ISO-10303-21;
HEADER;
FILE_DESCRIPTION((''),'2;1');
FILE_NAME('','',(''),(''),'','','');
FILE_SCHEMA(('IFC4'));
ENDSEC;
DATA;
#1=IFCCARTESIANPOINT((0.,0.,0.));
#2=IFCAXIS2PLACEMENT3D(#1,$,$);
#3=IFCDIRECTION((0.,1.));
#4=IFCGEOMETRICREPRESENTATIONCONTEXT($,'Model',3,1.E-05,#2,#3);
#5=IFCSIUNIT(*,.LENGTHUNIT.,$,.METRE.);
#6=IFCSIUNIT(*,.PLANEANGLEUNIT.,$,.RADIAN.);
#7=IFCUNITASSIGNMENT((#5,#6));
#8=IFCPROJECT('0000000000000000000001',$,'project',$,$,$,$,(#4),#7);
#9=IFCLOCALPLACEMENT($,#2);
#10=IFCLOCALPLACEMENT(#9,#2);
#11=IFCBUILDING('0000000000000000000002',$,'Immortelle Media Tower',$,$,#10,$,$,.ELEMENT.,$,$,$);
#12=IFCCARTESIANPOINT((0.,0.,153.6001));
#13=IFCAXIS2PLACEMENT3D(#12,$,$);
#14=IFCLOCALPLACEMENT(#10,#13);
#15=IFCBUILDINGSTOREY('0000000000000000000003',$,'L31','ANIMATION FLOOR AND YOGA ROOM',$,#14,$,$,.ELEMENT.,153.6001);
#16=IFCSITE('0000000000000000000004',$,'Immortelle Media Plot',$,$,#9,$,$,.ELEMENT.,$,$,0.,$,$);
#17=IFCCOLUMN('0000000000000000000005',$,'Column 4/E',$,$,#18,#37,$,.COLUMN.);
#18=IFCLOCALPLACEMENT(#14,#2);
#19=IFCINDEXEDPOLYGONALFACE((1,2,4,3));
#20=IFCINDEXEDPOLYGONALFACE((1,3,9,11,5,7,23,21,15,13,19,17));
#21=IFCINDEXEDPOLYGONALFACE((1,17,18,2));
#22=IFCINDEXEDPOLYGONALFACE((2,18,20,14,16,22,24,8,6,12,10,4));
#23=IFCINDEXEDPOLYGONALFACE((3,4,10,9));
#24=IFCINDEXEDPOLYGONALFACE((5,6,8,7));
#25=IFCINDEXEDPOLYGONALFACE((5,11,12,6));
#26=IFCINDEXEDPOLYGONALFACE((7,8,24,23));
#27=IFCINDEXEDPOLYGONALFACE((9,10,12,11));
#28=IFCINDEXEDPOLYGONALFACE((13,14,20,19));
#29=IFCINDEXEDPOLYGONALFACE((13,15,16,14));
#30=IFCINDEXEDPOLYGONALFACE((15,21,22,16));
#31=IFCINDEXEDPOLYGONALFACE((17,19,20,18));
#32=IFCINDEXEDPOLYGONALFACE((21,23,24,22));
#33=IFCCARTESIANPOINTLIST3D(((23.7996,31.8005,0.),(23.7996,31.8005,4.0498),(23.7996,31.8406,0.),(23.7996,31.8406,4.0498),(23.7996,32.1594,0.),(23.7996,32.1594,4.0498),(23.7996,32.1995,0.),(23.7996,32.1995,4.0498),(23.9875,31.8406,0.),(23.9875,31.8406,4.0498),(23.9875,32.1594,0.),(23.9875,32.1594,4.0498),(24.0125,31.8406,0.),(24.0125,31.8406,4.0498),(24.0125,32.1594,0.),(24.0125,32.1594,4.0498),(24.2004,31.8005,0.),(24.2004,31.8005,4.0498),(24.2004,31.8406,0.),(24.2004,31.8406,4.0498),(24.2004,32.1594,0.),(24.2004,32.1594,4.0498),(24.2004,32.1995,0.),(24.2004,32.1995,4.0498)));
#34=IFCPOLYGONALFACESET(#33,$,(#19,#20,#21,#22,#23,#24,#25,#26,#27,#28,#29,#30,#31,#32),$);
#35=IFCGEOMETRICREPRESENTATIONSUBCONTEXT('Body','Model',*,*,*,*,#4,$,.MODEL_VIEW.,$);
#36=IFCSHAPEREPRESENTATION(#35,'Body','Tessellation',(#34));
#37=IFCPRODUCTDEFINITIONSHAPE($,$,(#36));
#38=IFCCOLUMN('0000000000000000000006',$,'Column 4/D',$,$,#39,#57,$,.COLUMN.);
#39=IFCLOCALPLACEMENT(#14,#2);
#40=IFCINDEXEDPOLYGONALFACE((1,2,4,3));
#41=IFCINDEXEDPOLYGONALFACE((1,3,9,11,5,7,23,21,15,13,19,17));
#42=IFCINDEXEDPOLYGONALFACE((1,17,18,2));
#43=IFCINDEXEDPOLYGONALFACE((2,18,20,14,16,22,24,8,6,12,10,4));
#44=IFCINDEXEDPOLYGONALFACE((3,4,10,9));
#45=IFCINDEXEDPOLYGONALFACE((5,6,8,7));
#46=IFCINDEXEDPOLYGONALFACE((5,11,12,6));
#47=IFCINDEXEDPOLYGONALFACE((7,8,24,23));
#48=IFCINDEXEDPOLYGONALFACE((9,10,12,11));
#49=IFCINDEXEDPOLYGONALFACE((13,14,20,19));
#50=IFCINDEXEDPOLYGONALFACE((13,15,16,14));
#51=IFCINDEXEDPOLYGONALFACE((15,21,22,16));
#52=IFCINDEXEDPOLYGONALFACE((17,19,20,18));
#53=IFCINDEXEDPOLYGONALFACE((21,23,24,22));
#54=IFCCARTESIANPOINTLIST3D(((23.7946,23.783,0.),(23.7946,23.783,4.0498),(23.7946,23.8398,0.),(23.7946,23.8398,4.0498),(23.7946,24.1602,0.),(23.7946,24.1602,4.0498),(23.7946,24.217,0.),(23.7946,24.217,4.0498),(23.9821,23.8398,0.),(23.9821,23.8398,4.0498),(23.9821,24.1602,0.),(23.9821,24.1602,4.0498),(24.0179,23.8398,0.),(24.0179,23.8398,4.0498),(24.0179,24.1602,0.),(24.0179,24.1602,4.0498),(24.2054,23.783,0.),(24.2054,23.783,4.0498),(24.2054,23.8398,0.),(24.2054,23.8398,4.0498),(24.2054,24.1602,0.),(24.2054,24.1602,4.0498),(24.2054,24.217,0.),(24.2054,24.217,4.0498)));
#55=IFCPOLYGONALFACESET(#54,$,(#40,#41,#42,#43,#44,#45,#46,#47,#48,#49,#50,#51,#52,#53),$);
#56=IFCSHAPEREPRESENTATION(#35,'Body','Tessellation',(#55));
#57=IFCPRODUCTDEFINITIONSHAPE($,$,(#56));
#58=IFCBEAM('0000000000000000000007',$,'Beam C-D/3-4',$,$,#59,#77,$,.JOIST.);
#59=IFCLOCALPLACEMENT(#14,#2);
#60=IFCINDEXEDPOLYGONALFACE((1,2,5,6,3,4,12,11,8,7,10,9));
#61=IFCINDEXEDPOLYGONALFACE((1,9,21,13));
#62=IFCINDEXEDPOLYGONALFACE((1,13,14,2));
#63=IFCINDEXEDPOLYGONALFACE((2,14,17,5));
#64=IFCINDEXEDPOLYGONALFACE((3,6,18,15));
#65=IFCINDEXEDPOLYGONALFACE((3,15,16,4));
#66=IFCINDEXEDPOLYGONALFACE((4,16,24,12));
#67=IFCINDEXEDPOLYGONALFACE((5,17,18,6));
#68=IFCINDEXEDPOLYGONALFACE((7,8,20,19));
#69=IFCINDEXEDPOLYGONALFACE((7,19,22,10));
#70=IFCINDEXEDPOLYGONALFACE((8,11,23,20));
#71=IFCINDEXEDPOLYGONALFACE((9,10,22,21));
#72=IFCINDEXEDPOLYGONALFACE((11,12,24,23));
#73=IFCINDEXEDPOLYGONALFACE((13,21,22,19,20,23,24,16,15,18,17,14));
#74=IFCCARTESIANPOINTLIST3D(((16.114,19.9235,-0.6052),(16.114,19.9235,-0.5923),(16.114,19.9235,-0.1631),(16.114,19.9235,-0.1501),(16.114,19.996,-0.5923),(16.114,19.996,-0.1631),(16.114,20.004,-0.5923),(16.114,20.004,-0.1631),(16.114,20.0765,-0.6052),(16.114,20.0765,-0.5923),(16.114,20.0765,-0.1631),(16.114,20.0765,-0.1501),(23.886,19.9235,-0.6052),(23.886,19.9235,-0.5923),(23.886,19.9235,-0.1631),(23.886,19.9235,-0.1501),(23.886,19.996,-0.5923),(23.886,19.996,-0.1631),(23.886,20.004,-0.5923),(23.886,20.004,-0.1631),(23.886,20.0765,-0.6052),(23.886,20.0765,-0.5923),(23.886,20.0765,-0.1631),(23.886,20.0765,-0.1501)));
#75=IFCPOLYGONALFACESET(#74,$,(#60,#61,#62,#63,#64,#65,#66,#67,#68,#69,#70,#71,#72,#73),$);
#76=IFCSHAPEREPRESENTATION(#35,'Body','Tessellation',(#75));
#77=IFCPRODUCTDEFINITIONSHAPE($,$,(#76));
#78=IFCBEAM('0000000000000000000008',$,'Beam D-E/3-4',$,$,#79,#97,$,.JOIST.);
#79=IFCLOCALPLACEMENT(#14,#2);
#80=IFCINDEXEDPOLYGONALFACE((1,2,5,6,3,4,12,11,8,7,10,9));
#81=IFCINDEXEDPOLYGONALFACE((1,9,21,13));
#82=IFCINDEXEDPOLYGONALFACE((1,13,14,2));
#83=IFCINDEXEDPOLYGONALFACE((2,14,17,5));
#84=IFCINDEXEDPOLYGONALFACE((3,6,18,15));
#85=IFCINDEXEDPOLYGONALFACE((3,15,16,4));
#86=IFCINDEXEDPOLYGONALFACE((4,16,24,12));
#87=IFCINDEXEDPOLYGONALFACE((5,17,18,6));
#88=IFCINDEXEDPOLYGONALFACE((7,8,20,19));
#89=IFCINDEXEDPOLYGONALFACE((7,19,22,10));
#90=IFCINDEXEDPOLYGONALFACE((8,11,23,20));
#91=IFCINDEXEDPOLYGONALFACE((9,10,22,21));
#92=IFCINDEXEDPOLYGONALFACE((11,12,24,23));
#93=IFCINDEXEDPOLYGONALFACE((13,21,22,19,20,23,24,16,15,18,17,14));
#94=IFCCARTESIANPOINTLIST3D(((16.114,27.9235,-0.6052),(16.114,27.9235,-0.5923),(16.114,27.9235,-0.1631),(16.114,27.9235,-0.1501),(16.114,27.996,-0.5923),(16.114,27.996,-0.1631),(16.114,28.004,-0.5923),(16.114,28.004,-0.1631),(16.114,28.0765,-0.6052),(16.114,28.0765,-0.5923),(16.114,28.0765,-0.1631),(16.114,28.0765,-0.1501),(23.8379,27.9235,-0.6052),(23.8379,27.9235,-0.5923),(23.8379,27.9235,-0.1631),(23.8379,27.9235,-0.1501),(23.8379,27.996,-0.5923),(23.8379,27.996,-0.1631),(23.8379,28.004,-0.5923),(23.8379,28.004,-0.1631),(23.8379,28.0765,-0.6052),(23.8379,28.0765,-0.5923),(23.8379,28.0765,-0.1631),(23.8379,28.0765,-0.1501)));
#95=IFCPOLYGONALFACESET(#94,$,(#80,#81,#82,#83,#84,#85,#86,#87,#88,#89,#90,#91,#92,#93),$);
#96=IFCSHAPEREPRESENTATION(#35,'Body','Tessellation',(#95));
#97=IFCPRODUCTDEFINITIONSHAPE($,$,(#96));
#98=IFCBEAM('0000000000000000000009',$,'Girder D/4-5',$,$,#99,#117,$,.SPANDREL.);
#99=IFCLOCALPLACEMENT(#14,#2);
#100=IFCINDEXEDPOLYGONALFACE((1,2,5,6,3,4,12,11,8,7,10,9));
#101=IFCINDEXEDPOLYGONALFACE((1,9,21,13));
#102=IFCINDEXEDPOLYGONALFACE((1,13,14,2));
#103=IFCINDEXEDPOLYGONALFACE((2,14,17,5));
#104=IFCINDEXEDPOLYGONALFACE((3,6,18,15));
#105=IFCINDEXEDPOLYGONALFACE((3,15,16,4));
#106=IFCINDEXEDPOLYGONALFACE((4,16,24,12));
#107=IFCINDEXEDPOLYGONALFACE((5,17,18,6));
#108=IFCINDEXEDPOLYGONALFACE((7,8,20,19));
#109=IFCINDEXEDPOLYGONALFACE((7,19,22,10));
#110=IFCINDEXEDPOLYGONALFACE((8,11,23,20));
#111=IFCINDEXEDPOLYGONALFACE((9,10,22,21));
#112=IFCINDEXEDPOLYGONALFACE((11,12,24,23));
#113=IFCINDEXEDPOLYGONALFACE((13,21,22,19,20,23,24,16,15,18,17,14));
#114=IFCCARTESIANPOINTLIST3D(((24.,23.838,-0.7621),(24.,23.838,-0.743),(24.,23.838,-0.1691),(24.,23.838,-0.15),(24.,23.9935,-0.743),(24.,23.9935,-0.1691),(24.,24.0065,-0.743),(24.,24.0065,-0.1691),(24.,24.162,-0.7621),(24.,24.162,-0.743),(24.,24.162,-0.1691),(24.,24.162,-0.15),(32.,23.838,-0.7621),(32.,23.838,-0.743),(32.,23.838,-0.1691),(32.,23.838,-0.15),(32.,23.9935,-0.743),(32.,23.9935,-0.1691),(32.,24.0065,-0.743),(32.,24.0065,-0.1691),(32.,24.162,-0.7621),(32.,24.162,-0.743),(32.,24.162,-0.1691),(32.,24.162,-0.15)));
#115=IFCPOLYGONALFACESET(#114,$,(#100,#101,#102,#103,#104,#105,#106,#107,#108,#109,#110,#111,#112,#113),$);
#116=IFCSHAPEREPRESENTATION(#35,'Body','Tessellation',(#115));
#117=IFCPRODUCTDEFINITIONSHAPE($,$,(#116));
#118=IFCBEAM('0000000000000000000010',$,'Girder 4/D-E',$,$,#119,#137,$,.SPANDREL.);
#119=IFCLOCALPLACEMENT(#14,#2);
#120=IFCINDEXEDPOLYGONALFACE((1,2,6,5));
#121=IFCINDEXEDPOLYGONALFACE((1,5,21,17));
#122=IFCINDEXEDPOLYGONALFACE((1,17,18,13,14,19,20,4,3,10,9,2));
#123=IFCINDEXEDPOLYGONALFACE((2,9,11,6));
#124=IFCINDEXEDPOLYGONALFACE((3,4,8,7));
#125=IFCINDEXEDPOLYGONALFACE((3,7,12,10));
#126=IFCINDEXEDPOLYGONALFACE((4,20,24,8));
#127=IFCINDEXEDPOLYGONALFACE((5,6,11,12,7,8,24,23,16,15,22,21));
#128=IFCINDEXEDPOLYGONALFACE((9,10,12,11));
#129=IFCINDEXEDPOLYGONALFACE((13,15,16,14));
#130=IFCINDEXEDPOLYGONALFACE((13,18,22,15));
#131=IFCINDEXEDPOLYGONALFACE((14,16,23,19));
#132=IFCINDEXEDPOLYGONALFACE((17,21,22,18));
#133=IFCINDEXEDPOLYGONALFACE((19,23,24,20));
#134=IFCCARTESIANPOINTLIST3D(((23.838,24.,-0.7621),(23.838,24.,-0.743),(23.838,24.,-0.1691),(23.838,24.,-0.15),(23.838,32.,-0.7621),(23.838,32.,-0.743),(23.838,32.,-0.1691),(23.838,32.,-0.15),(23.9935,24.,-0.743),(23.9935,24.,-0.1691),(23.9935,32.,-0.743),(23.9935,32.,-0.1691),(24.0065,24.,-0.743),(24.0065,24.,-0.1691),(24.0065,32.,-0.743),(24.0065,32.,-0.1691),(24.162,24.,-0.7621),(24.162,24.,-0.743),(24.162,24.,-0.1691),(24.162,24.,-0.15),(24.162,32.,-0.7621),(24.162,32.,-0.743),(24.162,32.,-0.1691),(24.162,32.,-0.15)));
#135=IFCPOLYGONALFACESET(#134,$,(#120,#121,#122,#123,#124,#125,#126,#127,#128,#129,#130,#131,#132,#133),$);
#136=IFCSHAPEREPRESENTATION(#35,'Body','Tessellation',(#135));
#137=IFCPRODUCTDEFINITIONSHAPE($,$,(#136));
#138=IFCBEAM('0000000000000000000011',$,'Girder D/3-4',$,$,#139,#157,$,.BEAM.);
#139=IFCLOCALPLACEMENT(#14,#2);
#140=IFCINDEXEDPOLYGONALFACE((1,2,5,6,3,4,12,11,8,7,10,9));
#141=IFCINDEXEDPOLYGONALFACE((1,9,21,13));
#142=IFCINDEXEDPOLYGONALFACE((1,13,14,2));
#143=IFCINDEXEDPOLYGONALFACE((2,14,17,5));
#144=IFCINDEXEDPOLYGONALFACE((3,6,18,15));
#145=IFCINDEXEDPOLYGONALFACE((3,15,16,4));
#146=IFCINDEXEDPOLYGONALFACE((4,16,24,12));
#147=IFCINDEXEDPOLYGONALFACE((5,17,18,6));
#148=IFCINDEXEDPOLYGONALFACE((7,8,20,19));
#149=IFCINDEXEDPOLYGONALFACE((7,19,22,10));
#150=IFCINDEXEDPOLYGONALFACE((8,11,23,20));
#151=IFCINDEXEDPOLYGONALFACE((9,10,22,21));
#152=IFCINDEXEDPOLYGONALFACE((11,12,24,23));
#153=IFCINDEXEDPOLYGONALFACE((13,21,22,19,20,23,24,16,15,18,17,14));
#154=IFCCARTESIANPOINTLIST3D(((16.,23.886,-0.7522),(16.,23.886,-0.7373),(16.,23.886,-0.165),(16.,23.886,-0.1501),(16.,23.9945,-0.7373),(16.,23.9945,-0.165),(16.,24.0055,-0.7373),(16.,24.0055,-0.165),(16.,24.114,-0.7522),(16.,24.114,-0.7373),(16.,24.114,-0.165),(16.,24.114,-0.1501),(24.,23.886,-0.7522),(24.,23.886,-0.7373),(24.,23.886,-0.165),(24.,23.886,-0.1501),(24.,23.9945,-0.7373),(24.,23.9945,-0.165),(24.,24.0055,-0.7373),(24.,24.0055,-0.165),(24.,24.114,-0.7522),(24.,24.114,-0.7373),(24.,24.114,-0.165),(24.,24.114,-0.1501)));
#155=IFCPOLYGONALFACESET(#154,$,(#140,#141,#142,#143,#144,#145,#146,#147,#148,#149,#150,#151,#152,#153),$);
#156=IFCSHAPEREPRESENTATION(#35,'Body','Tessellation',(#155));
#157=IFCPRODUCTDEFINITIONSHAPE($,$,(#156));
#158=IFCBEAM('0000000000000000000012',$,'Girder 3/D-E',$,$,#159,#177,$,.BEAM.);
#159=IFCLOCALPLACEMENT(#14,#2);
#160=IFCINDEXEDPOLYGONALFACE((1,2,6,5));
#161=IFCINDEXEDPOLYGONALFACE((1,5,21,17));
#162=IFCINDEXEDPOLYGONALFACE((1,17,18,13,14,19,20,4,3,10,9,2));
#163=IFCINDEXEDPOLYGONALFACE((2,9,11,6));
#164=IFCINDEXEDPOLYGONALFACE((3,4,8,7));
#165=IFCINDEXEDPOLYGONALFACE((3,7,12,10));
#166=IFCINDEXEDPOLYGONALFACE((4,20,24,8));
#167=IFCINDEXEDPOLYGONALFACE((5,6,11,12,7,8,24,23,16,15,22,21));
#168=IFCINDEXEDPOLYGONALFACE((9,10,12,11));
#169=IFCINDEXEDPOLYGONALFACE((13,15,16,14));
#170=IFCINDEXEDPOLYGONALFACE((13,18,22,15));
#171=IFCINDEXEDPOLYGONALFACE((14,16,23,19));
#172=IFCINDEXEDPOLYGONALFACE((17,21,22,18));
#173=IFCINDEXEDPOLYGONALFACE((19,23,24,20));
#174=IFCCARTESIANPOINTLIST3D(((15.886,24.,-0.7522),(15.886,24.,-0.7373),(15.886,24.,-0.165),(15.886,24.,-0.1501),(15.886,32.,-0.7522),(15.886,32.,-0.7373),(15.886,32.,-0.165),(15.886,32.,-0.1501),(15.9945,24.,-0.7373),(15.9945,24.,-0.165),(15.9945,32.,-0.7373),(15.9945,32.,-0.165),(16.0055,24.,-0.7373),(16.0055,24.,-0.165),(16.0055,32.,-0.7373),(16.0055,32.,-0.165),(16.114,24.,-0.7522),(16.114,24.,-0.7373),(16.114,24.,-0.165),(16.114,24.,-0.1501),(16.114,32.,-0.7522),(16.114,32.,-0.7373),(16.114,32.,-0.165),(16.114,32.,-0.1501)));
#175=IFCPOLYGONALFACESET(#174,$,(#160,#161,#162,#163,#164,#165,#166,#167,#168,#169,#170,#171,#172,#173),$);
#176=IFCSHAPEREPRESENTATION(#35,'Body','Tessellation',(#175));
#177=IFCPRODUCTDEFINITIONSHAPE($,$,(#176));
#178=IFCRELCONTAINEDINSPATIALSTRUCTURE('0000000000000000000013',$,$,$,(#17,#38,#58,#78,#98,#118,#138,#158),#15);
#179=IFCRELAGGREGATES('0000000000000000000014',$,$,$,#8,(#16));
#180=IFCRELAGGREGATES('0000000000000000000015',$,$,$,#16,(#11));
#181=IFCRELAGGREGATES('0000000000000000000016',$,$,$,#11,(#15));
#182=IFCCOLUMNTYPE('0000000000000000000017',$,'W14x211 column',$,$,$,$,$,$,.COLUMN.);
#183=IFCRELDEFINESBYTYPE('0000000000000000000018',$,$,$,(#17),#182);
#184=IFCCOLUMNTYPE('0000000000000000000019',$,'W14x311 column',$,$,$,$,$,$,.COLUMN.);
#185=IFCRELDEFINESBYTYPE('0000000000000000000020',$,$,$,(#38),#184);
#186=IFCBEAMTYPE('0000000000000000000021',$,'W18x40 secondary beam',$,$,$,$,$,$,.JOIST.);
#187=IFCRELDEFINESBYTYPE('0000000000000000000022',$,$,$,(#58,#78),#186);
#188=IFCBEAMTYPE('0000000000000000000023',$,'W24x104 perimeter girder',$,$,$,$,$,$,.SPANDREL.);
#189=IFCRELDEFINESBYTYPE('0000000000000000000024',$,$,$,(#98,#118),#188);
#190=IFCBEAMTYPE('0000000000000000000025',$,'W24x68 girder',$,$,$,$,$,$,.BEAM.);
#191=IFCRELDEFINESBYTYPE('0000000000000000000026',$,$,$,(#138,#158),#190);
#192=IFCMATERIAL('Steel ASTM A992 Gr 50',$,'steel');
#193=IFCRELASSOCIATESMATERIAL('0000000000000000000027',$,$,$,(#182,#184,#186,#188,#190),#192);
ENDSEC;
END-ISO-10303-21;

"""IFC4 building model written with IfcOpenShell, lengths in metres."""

from ifc_helpers import new_model, si_unit, direction, frame, origin, origin_2d, place, context, subcontext, project, spatial, i_section, extrude, material, material_profile, profile_set, type_object, element, save


model = new_model("IFC4")

# Units and contexts
model_context = context("Model", 3, precision=1e-05, world=origin(), true_north=direction((0.0, 1.0)))
body_context = subcontext(model_context, "Body", "Model", "MODEL_VIEW")
ifc_project = project(units=[si_unit("LENGTHUNIT", "METRE"), si_unit("PLANEANGLEUNIT", "RADIAN")], contexts=[model_context])

# Site, building, storey
site_placement = place(None, origin())
site = spatial("IfcSite", under=ifc_project, at=site_placement, Name="Immortelle Media Plot", CompositionType="ELEMENT", RefElevation=0.0)
building_placement = place(site_placement, origin())
building = spatial("IfcBuilding", under=site, at=building_placement, Name="Immortelle Media Tower", CompositionType="ELEMENT")
storey_placement = place(building_placement, frame((0.0, 0.0, 153.6001)))
storey = spatial("IfcBuildingStorey", under=building, at=storey_placement, Name="L31", Description="ANIMATION FLOOR AND YOGA ROOM", CompositionType="ELEMENT", Elevation=153.6001)

# Columns
ifc_material_1 = material(Name="Steel ASTM A992 Gr 50", Category="steel")
ifc_material_profile_1 = material_profile(ifc_material_1, i_section(OverallWidth=0.4009, OverallDepth=0.3989, WebThickness=0.0249, FlangeThickness=0.04, at=origin_2d()), Name="W14x211")
ifc_profile_set_1 = profile_set([ifc_material_profile_1], Name="Steel ASTM A992 Gr 50")
column_type_1 = type_object("IfcColumnType", Name="W14x211 column", PredefinedType="COLUMN", material=ifc_profile_set_1)
column_1_placement = place(storey_placement, frame((24.0, 32.0, 0.0), z_axis=(0.0, 0.0, 1.0), x_axis=(1.0, 0.0, 0.0)))
element("IfcColumn", 1, at=column_1_placement, inside=storey, type_object=column_type_1, Name="Column 4/E", PredefinedType="COLUMN", context=body_context, shape_type="SweptSolid", body=[
    extrude(i_section(OverallWidth=0.4009, OverallDepth=0.3989, WebThickness=0.0249, FlangeThickness=0.04, at=origin_2d()), origin(), (0.0, 0.0, 1.0), 4.0498),
])
ifc_material_profile_2 = material_profile(ifc_material_1, i_section(OverallWidth=0.4109, OverallDepth=0.4341, WebThickness=0.0359, FlangeThickness=0.0569, at=origin_2d()), Name="W14x311")
ifc_profile_set_2 = profile_set([ifc_material_profile_2], Name="Steel ASTM A992 Gr 50")
column_type_2 = type_object("IfcColumnType", Name="W14x311 column", PredefinedType="COLUMN", material=ifc_profile_set_2)
column_2_placement = place(storey_placement, frame((24.0, 24.0, 0.0), z_axis=(0.0, 0.0, 1.0), x_axis=(1.0, 0.0, 0.0)))
element("IfcColumn", 2, at=column_2_placement, inside=storey, type_object=column_type_2, Name="Column 4/D", PredefinedType="COLUMN", context=body_context, shape_type="SweptSolid", body=[
    extrude(i_section(OverallWidth=0.4109, OverallDepth=0.4341, WebThickness=0.0359, FlangeThickness=0.0569, at=origin_2d()), origin(), (0.0, 0.0, 1.0), 4.0498),
])

# Beams
ifc_material_profile_3 = material_profile(ifc_material_1, i_section(OverallWidth=0.1531, OverallDepth=0.4551, WebThickness=0.0081, FlangeThickness=0.0129, at=origin_2d()), Name="W18x40")
ifc_profile_set_3 = profile_set([ifc_material_profile_3], Name="Steel ASTM A992 Gr 50")
beam_type_1 = type_object("IfcBeamType", Name="W18x40 secondary beam", PredefinedType="JOIST", material=ifc_profile_set_3)
beam_1_placement = place(storey_placement, frame((16.114, 20.0, -0.3777), z_axis=(1.0, 0.0, 0.0), x_axis=(0.0, 1.0, 0.0)))
element("IfcBeam", 3, at=beam_1_placement, inside=storey, type_object=beam_type_1, Name="Beam C-D/3-4", PredefinedType="JOIST", context=body_context, shape_type="SweptSolid", body=[
    extrude(i_section(OverallWidth=0.1531, OverallDepth=0.4551, WebThickness=0.0081, FlangeThickness=0.0129, at=origin_2d()), origin(), (0.0, 0.0, 1.0), 7.772),
])
beam_2_placement = place(storey_placement, frame((16.114, 28.0, -0.3777), z_axis=(1.0, 0.0, 0.0), x_axis=(0.0, 1.0, 0.0)))
element("IfcBeam", 4, at=beam_2_placement, inside=storey, type_object=beam_type_1, Name="Beam D-E/3-4", PredefinedType="JOIST", context=body_context, shape_type="SweptSolid", body=[
    extrude(i_section(OverallWidth=0.1531, OverallDepth=0.4551, WebThickness=0.0081, FlangeThickness=0.0129, at=origin_2d()), origin(), (0.0, 0.0, 1.0), 7.7239),
])
ifc_material_profile_4 = material_profile(ifc_material_1, i_section(OverallWidth=0.324, OverallDepth=0.6121, WebThickness=0.0129, FlangeThickness=0.019, at=origin_2d()), Name="W24x104")
ifc_profile_set_4 = profile_set([ifc_material_profile_4], Name="Steel ASTM A992 Gr 50")
beam_type_2 = type_object("IfcBeamType", Name="W24x104 perimeter girder", PredefinedType="SPANDREL", material=ifc_profile_set_4)
for number, where, z_axis, x_axis, name in (
    (5, (24.0, 24.0, -0.4561), (1.0, 0.0, 0.0), (0.0, 1.0, 0.0), "Girder D/4-5"),
    (6, (24.0, 24.0, -0.4561), (0.0, 1.0, 0.0), (-1.0, 0.0, 0.0), "Girder 4/D-E"),
):
    element("IfcBeam", number, at=place(storey_placement, frame(where, z_axis=z_axis, x_axis=x_axis)), inside=storey, type_object=beam_type_2, Name=name, PredefinedType="SPANDREL", context=body_context, shape_type="SweptSolid", body=[
        extrude(i_section(OverallWidth=0.324, OverallDepth=0.6121, WebThickness=0.0129, FlangeThickness=0.019, at=origin_2d()), origin(), (0.0, 0.0, 1.0), 8.0),
    ])
ifc_material_profile_5 = material_profile(ifc_material_1, i_section(OverallWidth=0.228, OverallDepth=0.6021, WebThickness=0.011, FlangeThickness=0.0149, at=origin_2d()), Name="W24x68")
ifc_profile_set_5 = profile_set([ifc_material_profile_5], Name="Steel ASTM A992 Gr 50")
beam_type_3 = type_object("IfcBeamType", Name="W24x68 girder", PredefinedType="BEAM", material=ifc_profile_set_5)
for number, where, z_axis, x_axis, name in (
    (7, (16.0, 24.0, -0.4512), (1.0, 0.0, 0.0), (0.0, 1.0, 0.0), "Girder D/3-4"),
    (8, (16.0, 24.0, -0.4512), (0.0, 1.0, 0.0), (-1.0, 0.0, 0.0), "Girder 3/D-E"),
):
    element("IfcBeam", number, at=place(storey_placement, frame(where, z_axis=z_axis, x_axis=x_axis)), inside=storey, type_object=beam_type_3, Name=name, PredefinedType="BEAM", context=body_context, shape_type="SweptSolid", body=[
        extrude(i_section(OverallWidth=0.228, OverallDepth=0.6021, WebThickness=0.011, FlangeThickness=0.0149, at=origin_2d()), origin(), (0.0, 0.0, 1.0), 8.0),
    ])

save(model, "model.ifc")
